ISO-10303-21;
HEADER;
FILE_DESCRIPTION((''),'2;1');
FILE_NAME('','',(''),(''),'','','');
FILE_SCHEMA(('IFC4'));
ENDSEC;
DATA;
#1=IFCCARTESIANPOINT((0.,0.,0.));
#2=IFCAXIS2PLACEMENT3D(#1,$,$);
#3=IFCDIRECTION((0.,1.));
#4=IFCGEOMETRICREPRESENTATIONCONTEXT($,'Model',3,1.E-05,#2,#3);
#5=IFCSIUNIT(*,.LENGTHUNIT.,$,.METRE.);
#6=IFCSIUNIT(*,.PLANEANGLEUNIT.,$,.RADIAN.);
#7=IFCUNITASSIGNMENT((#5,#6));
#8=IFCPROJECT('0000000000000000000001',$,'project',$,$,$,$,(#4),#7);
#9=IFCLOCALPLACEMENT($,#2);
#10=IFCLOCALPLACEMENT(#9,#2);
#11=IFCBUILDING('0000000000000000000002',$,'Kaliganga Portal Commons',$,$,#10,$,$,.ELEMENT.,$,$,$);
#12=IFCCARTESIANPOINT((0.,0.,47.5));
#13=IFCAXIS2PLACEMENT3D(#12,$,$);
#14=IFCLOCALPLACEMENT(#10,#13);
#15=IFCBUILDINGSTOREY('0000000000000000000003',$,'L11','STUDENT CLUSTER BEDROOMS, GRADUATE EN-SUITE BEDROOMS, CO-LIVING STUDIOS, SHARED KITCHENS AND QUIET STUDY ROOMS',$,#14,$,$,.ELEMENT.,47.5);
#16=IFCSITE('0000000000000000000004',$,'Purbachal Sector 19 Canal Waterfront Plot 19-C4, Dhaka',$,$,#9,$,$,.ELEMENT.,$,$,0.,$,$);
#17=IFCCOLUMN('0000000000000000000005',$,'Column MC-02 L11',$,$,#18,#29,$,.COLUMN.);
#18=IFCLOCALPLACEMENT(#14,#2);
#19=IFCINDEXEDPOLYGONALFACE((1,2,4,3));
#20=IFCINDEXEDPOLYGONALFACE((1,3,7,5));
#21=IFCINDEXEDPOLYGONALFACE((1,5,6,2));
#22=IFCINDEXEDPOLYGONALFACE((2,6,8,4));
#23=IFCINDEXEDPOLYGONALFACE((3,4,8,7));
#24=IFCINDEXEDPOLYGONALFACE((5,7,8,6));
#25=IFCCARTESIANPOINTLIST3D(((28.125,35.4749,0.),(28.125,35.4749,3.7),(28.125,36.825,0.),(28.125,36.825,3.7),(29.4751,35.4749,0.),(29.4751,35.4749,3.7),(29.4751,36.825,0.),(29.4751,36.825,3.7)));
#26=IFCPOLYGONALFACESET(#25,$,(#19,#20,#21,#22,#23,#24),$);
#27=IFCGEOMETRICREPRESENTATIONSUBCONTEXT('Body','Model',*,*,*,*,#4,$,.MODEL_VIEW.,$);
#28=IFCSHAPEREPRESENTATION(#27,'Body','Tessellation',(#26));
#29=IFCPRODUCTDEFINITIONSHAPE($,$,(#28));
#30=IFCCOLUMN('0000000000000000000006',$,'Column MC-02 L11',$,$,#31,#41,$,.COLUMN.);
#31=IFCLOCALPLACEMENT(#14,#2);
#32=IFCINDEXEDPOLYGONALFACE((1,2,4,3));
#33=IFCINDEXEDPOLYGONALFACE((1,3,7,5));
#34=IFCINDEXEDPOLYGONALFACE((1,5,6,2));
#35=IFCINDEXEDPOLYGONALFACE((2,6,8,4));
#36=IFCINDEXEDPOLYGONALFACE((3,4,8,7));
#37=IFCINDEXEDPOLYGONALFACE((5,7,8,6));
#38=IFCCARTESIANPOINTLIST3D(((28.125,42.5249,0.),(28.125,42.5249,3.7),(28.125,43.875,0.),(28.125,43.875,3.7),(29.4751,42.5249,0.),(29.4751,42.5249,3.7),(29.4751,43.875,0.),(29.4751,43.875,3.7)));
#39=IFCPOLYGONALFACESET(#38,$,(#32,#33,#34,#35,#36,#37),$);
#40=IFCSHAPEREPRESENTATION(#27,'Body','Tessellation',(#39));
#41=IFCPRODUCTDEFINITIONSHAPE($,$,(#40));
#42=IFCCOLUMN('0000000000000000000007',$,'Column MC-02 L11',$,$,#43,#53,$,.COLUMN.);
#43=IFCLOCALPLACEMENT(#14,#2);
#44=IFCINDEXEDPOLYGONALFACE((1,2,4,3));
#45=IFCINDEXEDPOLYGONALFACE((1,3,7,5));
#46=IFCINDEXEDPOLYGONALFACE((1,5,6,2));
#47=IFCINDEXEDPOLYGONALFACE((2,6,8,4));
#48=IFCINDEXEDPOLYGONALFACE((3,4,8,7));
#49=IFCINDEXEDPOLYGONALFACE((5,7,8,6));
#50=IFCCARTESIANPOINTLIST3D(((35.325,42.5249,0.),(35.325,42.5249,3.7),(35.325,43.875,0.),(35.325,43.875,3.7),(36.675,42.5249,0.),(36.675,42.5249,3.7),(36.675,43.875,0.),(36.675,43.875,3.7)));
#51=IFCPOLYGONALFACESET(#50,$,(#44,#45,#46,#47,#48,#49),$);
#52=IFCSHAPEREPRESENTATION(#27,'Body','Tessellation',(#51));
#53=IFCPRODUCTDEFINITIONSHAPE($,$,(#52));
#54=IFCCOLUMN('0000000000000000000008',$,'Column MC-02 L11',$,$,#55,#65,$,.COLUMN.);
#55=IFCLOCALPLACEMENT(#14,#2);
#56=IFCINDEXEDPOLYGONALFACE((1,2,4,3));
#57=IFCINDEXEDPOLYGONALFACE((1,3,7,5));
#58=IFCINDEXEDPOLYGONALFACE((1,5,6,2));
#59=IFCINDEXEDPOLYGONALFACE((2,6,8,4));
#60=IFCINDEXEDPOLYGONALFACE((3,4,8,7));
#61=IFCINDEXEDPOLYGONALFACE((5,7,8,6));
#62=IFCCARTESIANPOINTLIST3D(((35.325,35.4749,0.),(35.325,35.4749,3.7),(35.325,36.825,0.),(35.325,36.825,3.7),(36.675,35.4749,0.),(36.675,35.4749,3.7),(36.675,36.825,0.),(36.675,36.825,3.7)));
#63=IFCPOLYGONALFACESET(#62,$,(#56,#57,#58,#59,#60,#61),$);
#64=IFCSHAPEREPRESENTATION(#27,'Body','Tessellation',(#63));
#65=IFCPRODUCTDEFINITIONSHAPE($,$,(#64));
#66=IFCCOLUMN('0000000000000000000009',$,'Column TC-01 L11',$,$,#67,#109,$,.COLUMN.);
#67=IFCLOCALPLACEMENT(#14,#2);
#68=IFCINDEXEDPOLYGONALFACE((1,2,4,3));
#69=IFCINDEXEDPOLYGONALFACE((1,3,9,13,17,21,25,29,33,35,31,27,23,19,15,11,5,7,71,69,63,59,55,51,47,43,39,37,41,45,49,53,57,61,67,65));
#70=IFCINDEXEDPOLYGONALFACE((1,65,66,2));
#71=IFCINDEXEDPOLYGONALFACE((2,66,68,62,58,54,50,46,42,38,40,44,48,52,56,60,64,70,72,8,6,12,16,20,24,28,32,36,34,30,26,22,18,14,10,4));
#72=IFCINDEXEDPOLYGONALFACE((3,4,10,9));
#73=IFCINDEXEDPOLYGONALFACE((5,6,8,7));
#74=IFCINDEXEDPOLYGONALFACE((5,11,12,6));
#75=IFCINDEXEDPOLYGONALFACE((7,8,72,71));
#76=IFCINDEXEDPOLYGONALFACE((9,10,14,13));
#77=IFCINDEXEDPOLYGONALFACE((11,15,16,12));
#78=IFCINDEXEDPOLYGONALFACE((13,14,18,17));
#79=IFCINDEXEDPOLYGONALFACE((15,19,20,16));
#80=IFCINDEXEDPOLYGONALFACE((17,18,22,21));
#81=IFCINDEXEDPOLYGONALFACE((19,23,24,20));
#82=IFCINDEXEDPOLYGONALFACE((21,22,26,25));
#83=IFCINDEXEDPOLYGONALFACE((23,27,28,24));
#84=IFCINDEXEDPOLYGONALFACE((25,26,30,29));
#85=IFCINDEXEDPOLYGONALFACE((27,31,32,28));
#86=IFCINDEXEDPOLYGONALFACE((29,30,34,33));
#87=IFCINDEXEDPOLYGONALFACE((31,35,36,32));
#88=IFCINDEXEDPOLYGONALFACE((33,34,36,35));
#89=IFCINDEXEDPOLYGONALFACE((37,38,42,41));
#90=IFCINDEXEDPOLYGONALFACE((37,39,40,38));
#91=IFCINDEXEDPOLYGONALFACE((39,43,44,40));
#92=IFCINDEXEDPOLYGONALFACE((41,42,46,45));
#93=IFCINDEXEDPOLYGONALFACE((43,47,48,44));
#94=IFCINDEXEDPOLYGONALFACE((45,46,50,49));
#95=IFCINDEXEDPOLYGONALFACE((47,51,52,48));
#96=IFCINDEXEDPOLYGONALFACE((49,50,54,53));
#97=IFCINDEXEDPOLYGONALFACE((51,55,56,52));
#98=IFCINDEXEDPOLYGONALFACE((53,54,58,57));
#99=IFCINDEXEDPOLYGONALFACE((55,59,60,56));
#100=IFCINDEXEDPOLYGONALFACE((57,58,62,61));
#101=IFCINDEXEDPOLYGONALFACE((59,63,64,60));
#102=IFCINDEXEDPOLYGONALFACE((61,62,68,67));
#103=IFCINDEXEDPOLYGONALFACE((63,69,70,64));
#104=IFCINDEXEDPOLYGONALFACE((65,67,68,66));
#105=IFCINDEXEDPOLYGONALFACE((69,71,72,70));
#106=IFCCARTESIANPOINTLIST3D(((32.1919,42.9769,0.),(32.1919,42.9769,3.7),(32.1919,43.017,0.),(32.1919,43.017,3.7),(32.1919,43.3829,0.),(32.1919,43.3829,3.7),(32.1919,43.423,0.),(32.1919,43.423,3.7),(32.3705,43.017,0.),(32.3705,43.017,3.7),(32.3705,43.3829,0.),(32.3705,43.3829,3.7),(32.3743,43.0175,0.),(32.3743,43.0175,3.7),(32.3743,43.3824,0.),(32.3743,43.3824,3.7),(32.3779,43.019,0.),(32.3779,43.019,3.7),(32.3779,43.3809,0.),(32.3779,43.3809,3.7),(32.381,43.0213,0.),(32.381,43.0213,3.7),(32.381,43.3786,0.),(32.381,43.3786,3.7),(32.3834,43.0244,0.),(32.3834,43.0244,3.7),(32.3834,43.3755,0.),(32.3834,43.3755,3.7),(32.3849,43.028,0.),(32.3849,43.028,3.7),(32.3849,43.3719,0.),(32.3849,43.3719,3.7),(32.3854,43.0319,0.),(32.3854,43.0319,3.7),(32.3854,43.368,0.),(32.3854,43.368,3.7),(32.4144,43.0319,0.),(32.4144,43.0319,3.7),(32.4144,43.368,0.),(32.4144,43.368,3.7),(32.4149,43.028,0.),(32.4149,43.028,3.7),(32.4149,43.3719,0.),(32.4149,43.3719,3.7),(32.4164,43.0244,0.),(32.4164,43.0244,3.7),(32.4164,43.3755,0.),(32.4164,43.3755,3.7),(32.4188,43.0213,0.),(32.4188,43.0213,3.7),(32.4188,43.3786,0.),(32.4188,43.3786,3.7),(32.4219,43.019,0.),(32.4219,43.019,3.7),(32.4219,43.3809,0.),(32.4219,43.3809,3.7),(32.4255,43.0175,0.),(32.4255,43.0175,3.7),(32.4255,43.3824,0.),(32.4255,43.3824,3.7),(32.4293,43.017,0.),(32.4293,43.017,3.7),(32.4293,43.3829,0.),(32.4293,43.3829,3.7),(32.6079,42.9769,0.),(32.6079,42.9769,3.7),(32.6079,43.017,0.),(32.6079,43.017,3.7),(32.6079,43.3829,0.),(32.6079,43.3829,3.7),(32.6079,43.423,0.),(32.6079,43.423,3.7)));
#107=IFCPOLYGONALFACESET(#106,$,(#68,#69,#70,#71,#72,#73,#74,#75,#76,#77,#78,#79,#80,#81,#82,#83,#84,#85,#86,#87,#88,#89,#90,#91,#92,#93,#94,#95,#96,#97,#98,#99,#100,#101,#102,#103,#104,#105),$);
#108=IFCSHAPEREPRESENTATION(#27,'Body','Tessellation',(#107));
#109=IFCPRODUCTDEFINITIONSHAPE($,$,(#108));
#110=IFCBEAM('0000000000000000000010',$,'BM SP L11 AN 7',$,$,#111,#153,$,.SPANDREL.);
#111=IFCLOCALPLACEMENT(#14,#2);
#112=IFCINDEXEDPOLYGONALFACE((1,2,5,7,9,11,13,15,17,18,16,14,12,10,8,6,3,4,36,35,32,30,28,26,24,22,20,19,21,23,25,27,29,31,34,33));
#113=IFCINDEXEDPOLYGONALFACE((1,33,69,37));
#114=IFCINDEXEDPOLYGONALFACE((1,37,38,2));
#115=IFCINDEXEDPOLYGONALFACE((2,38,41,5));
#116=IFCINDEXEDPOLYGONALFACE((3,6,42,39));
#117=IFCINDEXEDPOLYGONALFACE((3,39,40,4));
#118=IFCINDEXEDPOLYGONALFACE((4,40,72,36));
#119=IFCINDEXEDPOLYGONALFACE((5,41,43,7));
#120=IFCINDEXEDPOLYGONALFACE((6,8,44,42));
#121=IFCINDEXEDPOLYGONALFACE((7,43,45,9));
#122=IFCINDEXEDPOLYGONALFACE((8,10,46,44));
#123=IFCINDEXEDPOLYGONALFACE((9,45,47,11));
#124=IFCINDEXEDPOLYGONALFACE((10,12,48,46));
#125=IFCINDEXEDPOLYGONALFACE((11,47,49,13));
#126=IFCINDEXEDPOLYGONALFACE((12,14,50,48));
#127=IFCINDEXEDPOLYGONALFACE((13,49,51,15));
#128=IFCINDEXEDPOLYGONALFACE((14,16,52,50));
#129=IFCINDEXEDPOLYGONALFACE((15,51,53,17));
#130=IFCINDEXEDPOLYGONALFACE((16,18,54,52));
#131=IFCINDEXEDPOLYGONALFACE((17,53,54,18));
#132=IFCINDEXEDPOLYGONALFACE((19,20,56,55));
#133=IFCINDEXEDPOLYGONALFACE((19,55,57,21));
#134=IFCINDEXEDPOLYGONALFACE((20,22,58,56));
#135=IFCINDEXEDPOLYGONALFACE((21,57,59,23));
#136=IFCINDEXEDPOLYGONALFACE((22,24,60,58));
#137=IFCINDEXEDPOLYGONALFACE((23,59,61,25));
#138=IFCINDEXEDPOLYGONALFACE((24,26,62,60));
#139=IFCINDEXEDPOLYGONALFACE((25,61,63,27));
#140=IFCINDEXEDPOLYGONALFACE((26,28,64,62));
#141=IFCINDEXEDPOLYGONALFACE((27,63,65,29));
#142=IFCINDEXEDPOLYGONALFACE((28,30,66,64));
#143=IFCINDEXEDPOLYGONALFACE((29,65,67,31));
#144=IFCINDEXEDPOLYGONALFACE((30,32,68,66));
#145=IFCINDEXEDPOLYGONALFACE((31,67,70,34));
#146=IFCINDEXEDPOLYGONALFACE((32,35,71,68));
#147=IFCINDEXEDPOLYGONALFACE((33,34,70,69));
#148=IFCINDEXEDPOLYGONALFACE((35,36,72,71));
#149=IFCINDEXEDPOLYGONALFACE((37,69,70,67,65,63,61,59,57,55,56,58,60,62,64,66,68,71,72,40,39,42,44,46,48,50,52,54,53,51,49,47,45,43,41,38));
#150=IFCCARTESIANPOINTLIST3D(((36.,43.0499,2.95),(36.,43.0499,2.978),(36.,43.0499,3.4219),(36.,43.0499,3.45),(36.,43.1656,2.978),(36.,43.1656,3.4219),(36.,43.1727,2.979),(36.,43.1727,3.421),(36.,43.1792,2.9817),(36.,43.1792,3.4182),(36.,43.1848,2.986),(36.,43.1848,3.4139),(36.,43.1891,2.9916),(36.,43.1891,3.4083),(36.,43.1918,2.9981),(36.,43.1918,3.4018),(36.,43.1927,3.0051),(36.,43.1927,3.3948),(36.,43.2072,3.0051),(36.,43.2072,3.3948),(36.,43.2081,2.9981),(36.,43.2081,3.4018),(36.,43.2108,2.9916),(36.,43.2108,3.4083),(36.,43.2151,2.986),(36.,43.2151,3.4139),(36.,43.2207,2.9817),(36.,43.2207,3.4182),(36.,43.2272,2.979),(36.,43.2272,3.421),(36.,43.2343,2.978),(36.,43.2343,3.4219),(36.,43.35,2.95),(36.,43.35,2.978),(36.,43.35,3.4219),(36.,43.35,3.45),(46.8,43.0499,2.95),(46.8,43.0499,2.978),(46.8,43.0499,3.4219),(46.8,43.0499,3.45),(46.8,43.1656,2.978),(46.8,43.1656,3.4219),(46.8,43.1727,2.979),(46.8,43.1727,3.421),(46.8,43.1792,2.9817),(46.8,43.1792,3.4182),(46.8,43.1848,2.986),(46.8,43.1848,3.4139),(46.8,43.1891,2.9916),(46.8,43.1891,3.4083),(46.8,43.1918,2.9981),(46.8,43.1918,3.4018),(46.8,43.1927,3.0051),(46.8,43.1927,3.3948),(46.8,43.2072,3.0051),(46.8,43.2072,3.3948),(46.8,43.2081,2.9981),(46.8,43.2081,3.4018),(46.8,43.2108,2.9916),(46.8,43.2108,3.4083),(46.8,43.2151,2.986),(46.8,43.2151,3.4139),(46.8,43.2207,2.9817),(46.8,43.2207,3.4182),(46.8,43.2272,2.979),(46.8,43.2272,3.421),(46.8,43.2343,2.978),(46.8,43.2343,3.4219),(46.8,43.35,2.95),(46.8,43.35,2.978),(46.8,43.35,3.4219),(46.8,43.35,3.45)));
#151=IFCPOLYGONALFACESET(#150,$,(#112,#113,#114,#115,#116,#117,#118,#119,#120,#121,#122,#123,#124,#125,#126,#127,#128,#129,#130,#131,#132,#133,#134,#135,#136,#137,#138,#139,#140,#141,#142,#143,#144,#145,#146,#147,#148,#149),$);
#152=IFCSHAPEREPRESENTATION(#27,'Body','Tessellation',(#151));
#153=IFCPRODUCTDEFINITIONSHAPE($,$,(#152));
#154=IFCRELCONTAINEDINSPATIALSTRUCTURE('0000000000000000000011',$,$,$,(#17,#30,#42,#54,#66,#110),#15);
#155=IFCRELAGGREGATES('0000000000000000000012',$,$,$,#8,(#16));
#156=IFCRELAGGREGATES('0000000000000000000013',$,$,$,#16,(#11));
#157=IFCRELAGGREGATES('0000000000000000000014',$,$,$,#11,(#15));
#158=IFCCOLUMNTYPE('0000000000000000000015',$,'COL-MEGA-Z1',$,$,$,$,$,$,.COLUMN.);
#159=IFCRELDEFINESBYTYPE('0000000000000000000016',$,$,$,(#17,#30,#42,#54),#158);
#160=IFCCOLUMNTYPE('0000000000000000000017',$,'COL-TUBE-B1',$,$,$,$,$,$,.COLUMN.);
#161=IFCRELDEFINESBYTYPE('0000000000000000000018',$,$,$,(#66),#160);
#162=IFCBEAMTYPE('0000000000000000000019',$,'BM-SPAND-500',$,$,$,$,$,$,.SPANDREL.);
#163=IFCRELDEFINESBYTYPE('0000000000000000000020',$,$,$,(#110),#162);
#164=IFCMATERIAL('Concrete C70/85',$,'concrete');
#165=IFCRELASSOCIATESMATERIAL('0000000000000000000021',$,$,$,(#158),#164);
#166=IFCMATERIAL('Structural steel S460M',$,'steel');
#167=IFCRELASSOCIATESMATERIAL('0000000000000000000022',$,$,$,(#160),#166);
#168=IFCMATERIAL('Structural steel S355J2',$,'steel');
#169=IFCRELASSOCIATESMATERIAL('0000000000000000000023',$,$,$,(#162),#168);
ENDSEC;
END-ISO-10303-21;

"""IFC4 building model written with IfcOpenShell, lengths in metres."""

from ifc_helpers import new_model, si_unit, direction, frame, origin, origin_2d, place, context, subcontext, project, spatial, rectangle, i_section, extrude, source, transform, mapped, material, material_profile, profile_set, type_object, element, save


model = new_model("IFC4")

# Units and contexts
model_context = context("Model", 3, precision=1e-05, world=origin(), true_north=direction((0.0, 1.0)))
body_context = subcontext(model_context, "Body", "Model", "MODEL_VIEW")
ifc_project = project(units=[si_unit("LENGTHUNIT", "METRE"), si_unit("PLANEANGLEUNIT", "RADIAN")], contexts=[model_context])

# Site, building, storey
site_placement = place(None, origin())
site = spatial("IfcSite", under=ifc_project, at=site_placement, Name="Purbachal Sector 19 Canal Waterfront Plot 19-C4, Dhaka", CompositionType="ELEMENT", RefElevation=0.0)
building_placement = place(site_placement, origin())
building = spatial("IfcBuilding", under=site, at=building_placement, Name="Kaliganga Portal Commons", CompositionType="ELEMENT")
storey_placement = place(building_placement, frame((0.0, 0.0, 47.5)))
storey = spatial("IfcBuildingStorey", under=building, at=storey_placement, Name="L11", Description="STUDENT CLUSTER BEDROOMS, GRADUATE EN-SUITE BEDROOMS, CO-LIVING STUDIOS, SHARED KITCHENS AND QUIET STUDY ROOMS", CompositionType="ELEMENT", Elevation=47.5)

# Columns
ifc_material_1 = material(Name="Concrete C70/85", Category="concrete")
ifc_material_profile_1 = material_profile(ifc_material_1, rectangle(XDim=1.3501, YDim=1.3501, at=origin_2d()), Name="RC 1350x1350")
ifc_profile_set_1 = profile_set([ifc_material_profile_1], Name="Concrete C70/85")
column_type_1 = type_object("IfcColumnType", Name="COL-MEGA-Z1", PredefinedType="COLUMN", material=ifc_profile_set_1)
shared_shape_1 = source(origin(), body_context, "Body", "SweptSolid", [
    extrude(rectangle(XDim=1.3501, YDim=1.3501, at=origin_2d()), origin(), (0.0, 0.0, 1.0), 3.7),
])
for number, where, z_axis, x_axis, name in (
    (1, (28.8, 36.1499, 0.0), (0.0, 0.0, 1.0), (1.0, 0.0, 0.0), "Column MC-02 L11"),
    (2, (28.8, 43.2, 0.0), (0.0, 0.0, 1.0), (1.0, 0.0, 0.0), "Column MC-02 L11"),
    (3, (36.0, 43.2, 0.0), (0.0, 0.0, 1.0), (1.0, 0.0, 0.0), "Column MC-02 L11"),
    (4, (36.0, 36.1499, 0.0), (0.0, 0.0, 1.0), (1.0, 0.0, 0.0), "Column MC-02 L11"),
):
    element("IfcColumn", number, at=place(storey_placement, frame(where, z_axis=z_axis, x_axis=x_axis)), inside=storey, type_object=column_type_1, Name=name, PredefinedType="COLUMN", context=body_context, shape_type="MappedRepresentation", body=[
        mapped(shared_shape_1, transform((0.0, 0.0, 0.0), x_axis=(1.0, 0.0, 0.0), y_axis=(0.0, 1.0, 0.0), z_axis=(0.0, 0.0, 1.0), scale=1.0)),
    ])
ifc_material_2 = material(Name="Structural steel S460M", Category="steel")
ifc_material_profile_2 = material_profile(ifc_material_2, i_section(OverallWidth=0.416, OverallDepth=0.446, WebThickness=0.0291, FlangeThickness=0.04, FilletRadius=0.0149, at=origin_2d()), Name="HD 400x509")
ifc_profile_set_2 = profile_set([ifc_material_profile_2], Name="Structural steel S460M wide-flange")
column_type_2 = type_object("IfcColumnType", Name="COL-TUBE-B1", PredefinedType="COLUMN", material=ifc_profile_set_2)
shared_shape_2 = source(origin(), body_context, "Body", "SweptSolid", [
    extrude(i_section(OverallWidth=0.416, OverallDepth=0.446, WebThickness=0.0291, FlangeThickness=0.04, FilletRadius=0.0149, at=origin_2d()), origin(), (0.0, 0.0, 1.0), 3.7),
])
column_placement = place(storey_placement, frame((32.3999, 43.2, 0.0), z_axis=(0.0, 0.0, 1.0), x_axis=(1.0, 0.0, 0.0)))
element("IfcColumn", 5, at=column_placement, inside=storey, type_object=column_type_2, Name="Column TC-01 L11", PredefinedType="COLUMN", context=body_context, shape_type="MappedRepresentation", body=[
    mapped(shared_shape_2, transform((0.0, 0.0, 0.0), x_axis=(1.0, 0.0, 0.0), y_axis=(0.0, 1.0, 0.0), z_axis=(0.0, 0.0, 1.0), scale=1.0)),
])

# Beam
ifc_material_3 = material(Name="Structural steel S355J2", Category="steel")
ifc_material_profile_3 = material_profile(ifc_material_3, i_section(OverallWidth=0.3, OverallDepth=0.5, WebThickness=0.0144, FlangeThickness=0.0281, FilletRadius=0.0271, at=origin_2d()), Name="HE 500 B")
ifc_profile_set_3 = profile_set([ifc_material_profile_3], Name="Structural steel S355J2 wide-flange")
beam_type_1 = type_object("IfcBeamType", Name="BM-SPAND-500", PredefinedType="SPANDREL", material=ifc_profile_set_3)
shared_shape_3 = source(origin(), body_context, "Body", "SweptSolid", [
    extrude(i_section(OverallWidth=0.3, OverallDepth=0.5, WebThickness=0.0144, FlangeThickness=0.0281, FilletRadius=0.0271, at=origin_2d()), origin(), (0.0, 0.0, 1.0), 10.8),
])
beam_1_placement = place(storey_placement, frame((36.0, 43.2, 3.2), z_axis=(1.0, 0.0, 0.0), x_axis=(0.0, 1.0, 0.0)))
element("IfcBeam", 6, at=beam_1_placement, inside=storey, type_object=beam_type_1, Name="BM SP L11 AN 7", PredefinedType="SPANDREL", context=body_context, shape_type="MappedRepresentation", body=[
    mapped(shared_shape_3, transform((0.0, 0.0, 0.0), x_axis=(1.0, 0.0, 0.0), y_axis=(0.0, 1.0, 0.0), z_axis=(0.0, 0.0, 1.0), scale=1.0)),
])

save(model, "model.ifc")
